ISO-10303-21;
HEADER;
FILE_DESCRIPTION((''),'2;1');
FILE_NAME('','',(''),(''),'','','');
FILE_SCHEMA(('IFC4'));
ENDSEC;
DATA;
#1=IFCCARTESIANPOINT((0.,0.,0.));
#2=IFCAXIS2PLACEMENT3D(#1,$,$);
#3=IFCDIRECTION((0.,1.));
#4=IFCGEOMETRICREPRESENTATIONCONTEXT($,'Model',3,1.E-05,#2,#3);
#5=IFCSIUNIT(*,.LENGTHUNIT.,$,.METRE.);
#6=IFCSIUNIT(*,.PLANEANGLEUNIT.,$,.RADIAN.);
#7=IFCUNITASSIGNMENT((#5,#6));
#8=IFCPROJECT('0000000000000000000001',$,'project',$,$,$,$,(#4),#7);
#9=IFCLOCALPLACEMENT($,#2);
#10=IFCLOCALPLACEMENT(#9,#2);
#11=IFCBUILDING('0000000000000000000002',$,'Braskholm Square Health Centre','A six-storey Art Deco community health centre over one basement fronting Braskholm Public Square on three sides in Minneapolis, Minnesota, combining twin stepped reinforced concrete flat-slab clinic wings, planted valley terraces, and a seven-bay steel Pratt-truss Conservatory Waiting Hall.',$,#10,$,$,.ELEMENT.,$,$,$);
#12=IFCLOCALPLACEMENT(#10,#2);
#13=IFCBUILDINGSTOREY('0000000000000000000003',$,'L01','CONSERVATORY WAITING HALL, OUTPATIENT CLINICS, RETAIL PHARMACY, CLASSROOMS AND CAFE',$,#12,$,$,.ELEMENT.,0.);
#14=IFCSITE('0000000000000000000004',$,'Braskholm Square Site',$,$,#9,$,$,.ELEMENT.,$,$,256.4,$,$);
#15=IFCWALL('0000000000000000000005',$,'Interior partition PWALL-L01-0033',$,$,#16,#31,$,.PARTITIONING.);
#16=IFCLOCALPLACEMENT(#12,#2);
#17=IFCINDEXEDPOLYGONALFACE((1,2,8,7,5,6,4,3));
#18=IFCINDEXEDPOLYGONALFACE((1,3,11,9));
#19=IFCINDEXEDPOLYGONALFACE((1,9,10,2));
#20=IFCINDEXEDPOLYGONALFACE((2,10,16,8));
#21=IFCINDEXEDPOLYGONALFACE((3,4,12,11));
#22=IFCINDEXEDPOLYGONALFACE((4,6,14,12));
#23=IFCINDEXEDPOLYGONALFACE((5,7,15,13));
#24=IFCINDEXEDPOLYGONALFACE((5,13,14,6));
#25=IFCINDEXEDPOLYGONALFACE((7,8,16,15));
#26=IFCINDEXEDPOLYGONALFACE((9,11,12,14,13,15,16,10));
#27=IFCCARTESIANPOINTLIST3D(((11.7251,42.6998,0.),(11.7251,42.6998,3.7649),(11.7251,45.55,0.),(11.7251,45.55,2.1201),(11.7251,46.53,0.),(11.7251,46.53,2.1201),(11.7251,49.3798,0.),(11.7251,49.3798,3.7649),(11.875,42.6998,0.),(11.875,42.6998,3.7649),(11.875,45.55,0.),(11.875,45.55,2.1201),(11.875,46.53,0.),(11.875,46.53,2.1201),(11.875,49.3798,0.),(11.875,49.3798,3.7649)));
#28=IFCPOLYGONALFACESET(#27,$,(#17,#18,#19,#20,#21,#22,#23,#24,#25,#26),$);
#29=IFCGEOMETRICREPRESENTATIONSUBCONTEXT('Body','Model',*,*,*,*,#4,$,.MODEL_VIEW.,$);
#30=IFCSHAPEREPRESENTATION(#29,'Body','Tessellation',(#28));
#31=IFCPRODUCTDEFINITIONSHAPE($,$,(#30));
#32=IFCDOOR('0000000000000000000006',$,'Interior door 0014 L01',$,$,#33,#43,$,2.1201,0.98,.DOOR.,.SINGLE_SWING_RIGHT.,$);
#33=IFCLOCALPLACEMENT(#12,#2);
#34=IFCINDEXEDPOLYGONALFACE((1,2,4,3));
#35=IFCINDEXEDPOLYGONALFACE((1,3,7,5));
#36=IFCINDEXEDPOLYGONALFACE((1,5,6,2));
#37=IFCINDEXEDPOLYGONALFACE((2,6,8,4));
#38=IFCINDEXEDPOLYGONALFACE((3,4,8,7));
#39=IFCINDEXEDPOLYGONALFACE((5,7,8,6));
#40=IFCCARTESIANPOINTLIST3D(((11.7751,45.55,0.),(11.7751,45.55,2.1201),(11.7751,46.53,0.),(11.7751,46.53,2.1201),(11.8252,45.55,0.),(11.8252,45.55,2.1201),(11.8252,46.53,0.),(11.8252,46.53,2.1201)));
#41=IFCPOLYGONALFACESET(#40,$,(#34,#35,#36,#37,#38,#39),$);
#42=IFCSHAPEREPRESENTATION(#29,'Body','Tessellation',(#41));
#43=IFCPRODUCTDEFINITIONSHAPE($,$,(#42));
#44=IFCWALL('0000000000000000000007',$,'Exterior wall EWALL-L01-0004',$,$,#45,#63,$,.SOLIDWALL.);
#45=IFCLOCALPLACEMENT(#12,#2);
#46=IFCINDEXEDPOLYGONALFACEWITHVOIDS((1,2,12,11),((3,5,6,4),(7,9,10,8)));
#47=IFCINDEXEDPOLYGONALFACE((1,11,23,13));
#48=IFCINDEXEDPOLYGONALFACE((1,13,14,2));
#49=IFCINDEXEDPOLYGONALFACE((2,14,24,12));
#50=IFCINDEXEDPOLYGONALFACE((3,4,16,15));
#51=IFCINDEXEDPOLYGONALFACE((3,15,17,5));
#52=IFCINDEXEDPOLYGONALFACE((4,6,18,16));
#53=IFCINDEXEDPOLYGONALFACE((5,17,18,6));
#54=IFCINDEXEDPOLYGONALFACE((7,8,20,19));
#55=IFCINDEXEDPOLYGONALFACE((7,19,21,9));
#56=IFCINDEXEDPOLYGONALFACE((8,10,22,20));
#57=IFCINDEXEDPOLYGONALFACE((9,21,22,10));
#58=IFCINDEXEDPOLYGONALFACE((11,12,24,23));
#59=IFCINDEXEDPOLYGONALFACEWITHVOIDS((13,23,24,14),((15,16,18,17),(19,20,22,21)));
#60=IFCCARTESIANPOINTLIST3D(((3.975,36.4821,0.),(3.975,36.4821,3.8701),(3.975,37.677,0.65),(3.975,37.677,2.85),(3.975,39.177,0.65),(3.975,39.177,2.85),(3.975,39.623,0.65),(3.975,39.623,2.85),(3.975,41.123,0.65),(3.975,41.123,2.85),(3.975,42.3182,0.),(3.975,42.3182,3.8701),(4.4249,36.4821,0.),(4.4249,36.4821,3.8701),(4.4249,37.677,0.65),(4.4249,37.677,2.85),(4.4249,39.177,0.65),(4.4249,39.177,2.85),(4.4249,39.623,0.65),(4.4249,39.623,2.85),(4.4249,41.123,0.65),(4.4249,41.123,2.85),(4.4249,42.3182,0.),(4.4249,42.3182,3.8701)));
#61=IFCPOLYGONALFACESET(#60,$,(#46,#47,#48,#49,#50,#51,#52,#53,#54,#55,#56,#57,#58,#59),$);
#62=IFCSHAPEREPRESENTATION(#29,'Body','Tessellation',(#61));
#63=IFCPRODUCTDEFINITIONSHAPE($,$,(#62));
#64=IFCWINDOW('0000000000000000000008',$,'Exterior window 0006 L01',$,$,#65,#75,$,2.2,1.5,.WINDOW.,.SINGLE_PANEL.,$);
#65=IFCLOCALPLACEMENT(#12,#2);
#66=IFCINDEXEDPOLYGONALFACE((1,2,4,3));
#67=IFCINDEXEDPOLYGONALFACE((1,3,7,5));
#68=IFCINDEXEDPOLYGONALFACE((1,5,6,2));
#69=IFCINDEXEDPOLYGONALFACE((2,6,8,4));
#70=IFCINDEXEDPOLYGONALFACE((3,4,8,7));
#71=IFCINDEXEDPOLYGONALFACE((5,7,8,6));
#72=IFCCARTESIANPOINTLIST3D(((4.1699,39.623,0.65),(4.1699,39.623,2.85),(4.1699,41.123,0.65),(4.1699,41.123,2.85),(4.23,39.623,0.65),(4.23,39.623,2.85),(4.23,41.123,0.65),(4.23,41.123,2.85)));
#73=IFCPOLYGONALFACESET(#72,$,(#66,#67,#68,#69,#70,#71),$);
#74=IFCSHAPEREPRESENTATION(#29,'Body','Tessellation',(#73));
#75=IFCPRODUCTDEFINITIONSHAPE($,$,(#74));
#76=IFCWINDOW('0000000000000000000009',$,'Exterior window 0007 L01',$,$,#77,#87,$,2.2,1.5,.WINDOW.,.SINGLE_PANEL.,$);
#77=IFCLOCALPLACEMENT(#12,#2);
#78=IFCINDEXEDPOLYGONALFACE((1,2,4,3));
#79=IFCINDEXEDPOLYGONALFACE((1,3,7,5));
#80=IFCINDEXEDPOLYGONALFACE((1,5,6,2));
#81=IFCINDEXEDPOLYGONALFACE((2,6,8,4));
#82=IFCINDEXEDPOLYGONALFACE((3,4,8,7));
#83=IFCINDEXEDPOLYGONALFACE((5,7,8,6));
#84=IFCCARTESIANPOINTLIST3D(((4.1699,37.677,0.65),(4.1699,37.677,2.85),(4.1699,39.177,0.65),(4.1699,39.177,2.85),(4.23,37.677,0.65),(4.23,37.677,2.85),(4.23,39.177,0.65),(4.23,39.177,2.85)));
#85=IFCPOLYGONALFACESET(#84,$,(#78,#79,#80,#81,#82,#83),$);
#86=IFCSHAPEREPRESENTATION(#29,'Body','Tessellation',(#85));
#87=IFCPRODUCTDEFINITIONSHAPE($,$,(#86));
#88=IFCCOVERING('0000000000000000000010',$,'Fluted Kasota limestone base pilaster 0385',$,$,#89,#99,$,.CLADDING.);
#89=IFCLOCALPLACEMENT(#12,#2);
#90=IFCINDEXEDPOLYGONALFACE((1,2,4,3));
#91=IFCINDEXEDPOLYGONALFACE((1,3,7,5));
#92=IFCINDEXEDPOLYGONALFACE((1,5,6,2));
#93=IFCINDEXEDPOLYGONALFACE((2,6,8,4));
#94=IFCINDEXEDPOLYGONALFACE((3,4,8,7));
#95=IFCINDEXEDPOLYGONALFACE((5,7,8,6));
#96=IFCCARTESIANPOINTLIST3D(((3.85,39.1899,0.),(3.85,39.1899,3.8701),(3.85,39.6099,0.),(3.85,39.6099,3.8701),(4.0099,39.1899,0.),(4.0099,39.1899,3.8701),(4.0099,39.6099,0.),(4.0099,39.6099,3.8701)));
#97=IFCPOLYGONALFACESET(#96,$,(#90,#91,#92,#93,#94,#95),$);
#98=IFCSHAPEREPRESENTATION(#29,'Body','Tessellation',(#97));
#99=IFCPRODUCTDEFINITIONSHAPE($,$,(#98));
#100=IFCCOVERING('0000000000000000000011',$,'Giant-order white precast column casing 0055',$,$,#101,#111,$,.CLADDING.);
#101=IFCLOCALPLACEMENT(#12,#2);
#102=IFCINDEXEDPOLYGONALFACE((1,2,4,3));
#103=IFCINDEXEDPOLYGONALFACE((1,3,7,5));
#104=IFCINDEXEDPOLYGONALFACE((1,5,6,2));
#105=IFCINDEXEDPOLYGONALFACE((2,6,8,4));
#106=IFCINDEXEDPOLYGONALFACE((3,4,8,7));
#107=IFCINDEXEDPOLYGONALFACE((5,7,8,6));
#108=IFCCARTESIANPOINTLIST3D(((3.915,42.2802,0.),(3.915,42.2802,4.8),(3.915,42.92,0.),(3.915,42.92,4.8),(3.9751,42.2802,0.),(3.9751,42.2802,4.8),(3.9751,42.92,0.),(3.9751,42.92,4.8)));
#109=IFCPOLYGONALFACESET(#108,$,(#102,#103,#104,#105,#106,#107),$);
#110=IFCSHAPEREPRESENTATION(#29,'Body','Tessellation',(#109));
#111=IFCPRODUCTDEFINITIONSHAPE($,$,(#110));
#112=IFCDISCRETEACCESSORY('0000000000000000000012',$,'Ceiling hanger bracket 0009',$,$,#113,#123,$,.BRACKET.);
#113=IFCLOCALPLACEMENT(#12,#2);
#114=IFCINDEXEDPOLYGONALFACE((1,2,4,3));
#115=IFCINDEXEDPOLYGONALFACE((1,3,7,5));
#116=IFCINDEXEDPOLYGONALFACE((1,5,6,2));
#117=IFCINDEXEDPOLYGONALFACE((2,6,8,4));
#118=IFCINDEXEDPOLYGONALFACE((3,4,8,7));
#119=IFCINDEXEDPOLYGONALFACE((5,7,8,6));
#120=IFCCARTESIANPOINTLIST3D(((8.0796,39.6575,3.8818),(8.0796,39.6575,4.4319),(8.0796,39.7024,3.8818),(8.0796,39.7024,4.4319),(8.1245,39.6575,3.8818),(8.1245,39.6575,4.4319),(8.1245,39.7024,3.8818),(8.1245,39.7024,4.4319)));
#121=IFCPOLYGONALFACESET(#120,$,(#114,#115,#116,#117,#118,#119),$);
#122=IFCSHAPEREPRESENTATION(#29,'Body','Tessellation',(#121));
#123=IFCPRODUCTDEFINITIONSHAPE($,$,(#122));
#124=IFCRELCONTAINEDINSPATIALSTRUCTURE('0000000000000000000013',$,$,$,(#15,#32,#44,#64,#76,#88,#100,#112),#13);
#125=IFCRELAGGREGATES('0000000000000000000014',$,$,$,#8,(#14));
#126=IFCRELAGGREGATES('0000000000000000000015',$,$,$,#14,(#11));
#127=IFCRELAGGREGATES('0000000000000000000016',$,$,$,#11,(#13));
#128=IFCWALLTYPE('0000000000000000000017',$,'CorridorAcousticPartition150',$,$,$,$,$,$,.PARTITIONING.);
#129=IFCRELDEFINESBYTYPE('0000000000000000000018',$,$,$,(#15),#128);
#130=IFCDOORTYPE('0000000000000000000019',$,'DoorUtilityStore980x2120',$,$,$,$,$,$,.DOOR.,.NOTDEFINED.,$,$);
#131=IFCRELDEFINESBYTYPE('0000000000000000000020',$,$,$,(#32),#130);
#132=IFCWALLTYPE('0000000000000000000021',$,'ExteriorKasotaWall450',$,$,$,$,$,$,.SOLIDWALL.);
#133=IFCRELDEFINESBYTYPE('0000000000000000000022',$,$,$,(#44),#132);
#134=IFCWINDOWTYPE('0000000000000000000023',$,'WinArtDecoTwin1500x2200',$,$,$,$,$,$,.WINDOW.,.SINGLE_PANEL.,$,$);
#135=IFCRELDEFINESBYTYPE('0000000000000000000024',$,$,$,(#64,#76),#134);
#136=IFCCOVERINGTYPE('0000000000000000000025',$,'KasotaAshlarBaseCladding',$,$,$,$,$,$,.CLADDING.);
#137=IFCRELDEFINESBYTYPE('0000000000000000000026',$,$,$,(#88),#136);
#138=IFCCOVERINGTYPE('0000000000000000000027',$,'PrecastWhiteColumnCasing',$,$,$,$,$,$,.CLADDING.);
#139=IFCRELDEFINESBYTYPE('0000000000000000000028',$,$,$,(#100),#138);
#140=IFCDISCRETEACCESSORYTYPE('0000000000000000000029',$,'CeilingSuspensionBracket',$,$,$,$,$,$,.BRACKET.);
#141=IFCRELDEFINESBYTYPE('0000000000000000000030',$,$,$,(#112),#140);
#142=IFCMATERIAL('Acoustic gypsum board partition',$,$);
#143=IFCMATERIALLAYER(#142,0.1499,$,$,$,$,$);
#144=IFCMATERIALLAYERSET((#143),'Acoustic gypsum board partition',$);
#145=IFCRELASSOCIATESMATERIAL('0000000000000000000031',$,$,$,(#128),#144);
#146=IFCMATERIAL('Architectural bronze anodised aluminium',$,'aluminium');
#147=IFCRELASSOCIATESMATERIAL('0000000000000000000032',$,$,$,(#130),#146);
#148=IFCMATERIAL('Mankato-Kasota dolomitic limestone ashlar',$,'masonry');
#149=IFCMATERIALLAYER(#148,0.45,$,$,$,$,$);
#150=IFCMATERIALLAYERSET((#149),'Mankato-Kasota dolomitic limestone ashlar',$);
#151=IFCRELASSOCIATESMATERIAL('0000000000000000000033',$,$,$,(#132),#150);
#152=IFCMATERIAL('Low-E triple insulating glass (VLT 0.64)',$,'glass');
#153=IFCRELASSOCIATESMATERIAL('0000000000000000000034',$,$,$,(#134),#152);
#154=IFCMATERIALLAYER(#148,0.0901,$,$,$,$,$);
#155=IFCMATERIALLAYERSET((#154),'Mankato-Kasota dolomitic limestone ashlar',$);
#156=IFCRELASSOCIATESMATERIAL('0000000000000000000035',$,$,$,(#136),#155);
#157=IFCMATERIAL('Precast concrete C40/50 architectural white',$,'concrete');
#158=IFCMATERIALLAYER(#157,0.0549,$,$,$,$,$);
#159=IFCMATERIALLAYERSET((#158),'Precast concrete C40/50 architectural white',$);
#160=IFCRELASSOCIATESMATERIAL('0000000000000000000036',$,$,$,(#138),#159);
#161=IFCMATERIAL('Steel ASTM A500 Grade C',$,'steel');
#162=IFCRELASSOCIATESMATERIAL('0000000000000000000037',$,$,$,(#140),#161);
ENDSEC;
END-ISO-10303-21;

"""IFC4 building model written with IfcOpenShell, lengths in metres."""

from ifc_helpers import new_model, si_unit, direction, frame, frame_2d, origin, origin_with_axes, origin_2d, place, context, subcontext, project, spatial, rectangle, extrude, material, layer, layer_set, type_object, element, fill, save


model = new_model("IFC4")

# Units and contexts
model_context = context("Model", 3, precision=1e-05, world=origin(), true_north=direction((0.0, 1.0)))
body_context = subcontext(model_context, "Body", "Model", "MODEL_VIEW")
ifc_project = project(units=[si_unit("LENGTHUNIT", "METRE"), si_unit("PLANEANGLEUNIT", "RADIAN")], contexts=[model_context])

# Site, building, storey
site_placement = place(None, origin())
site = spatial("IfcSite", under=ifc_project, at=site_placement, Name="Braskholm Square Site", CompositionType="ELEMENT", RefElevation=256.4)
building_placement = place(site_placement, origin())
building = spatial("IfcBuilding", under=site, at=building_placement, Name="Braskholm Square Health Centre", Description="A six-storey Art Deco community health centre over one basement fronting Braskholm Public Square on three sides in Minneapolis, Minnesota, combining twin stepped reinforced concrete flat-slab clinic wings, planted valley terraces, and a seven-bay steel Pratt-truss Conservatory Waiting Hall.", CompositionType="ELEMENT")
storey_placement = place(building_placement, origin())
storey = spatial("IfcBuildingStorey", under=building, at=storey_placement, Name="L01", Description="CONSERVATORY WAITING HALL, OUTPATIENT CLINICS, RETAIL PHARMACY, CLASSROOMS AND CAFE", CompositionType="ELEMENT", Elevation=0.0)

# Shared definitions
ifc_material_1 = material(Name="Precast concrete C40/50 architectural white", Category="concrete")
ifc_material_2 = material(Name="Steel ASTM A500 Grade C", Category="steel")

# Shared definitions
ifc_material_3 = material(Name="Low-E triple insulating glass (VLT 0.64)", Category="glass")
ifc_material_4 = material(Name="Architectural bronze anodised aluminium", Category="aluminium")

# Shared definitions
ifc_material_5 = material(Name="Acoustic gypsum board partition")

# Wall, opening, door
ifc_layer_1 = layer(ifc_material_5, 0.1499)
ifc_layer_set_1 = layer_set([ifc_layer_1], Name="Acoustic gypsum board partition")
wall_type_1 = type_object("IfcWallType", Name="CorridorAcousticPartition150", PredefinedType="PARTITIONING", material=ifc_layer_set_1)
wall_1_placement = place(storey_placement, frame((11.8, 42.7, 0.0), z_axis=(0.0, 0.0, 1.0), x_axis=(0.0, 1.0, 0.0)))
wall_1 = element("IfcWall", 1, at=wall_1_placement, inside=storey, type_object=wall_type_1, Name="Interior partition PWALL-L01-0033", PredefinedType="PARTITIONING", context=body_context, shape_type="SweptSolid", body=[
    extrude(rectangle(XDim=6.6799, YDim=0.1499, at=frame_2d((3.3398, 0.0))), origin(), (0.0, 0.0, 1.0), 3.7649),
])
opening_1_placement = place(wall_1_placement, frame((2.8501, 0.0, 0.0)))
opening_1 = element("IfcOpeningElement", 2, at=opening_1_placement, cuts=wall_1, PredefinedType="OPENING", context=body_context, shape_type="SweptSolid", body=[
    extrude(rectangle(XDim=0.98, YDim=2.1201, at=frame_2d((0.49, 1.0601))), frame((0.0, 0.085, 0.0), z_axis=(0.0, -1.0, 0.0), x_axis=(1.0, 0.0, 0.0)), (0.0, 0.0, 1.0), 0.1699),
])
door_type_1 = type_object("IfcDoorType", Name="DoorUtilityStore980x2120", OperationType="NOTDEFINED", PredefinedType="DOOR", material=ifc_material_4)
door_1_placement = place(opening_1_placement, origin_with_axes())
door_1 = element("IfcDoor", 3, at=door_1_placement, inside=storey, type_object=door_type_1, Name="Interior door 0014 L01", OperationType="SINGLE_SWING_RIGHT", OverallHeight=2.1201, OverallWidth=0.98, PredefinedType="DOOR", context=body_context, shape_type="SweptSolid", body=[
    extrude(rectangle(XDim=0.98, YDim=2.1201, at=frame_2d((0.49, 1.0601))), frame((0.0, 0.0249, 0.0), z_axis=(0.0, -1.0, 0.0), x_axis=(1.0, 0.0, 0.0)), (0.0, 0.0, 1.0), 0.05),
])
fill(opening_1, door_1)

# Wall, openings, windows
ifc_material_6 = material(Name="Mankato-Kasota dolomitic limestone ashlar", Category="masonry")
ifc_layer_2 = layer(ifc_material_6, 0.45)
ifc_layer_set_2 = layer_set([ifc_layer_2], Name="Mankato-Kasota dolomitic limestone ashlar")
wall_type_2 = type_object("IfcWallType", Name="ExteriorKasotaWall450", PredefinedType="SOLIDWALL", material=ifc_layer_set_2)
wall_2_placement = place(storey_placement, frame((4.2, 42.3181, 0.0), z_axis=(0.0, 0.0, 1.0), x_axis=(0.0, -1.0, 0.0)))
wall_2 = element("IfcWall", 4, at=wall_2_placement, inside=storey, type_object=wall_type_2, Name="Exterior wall EWALL-L01-0004", PredefinedType="SOLIDWALL", context=body_context, shape_type="SweptSolid", body=[
    extrude(rectangle(XDim=5.8362, YDim=0.45, at=frame_2d((2.918, 0.0))), origin(), (0.0, 0.0, 1.0), 3.8701),
])
opening_2_placement = place(wall_2_placement, frame((1.1951, 0.0, 0.6499)))
opening_2 = element("IfcOpeningElement", 5, at=opening_2_placement, cuts=wall_2, PredefinedType="OPENING", context=body_context, shape_type="SweptSolid", body=[
    extrude(rectangle(XDim=1.5, YDim=2.2, at=frame_2d((0.75, 1.1001))), frame((0.0, 0.2349, 0.0), z_axis=(0.0, -1.0, 0.0), x_axis=(1.0, 0.0, 0.0)), (0.0, 0.0, 1.0), 0.47),
])
opening_3_placement = place(wall_2_placement, frame((3.1411, 0.0, 0.6499)))
opening_3 = element("IfcOpeningElement", 6, at=opening_3_placement, cuts=wall_2, PredefinedType="OPENING", context=body_context, shape_type="SweptSolid", body=[
    extrude(rectangle(XDim=1.5, YDim=2.2, at=frame_2d((0.75, 1.1001))), frame((0.0, 0.2349, 0.0), z_axis=(0.0, -1.0, 0.0), x_axis=(1.0, 0.0, 0.0)), (0.0, 0.0, 1.0), 0.47),
])
window_type = type_object("IfcWindowType", Name="WinArtDecoTwin1500x2200", PartitioningType="SINGLE_PANEL", PredefinedType="WINDOW", material=ifc_material_3)
window_1_placement = place(opening_2_placement, origin_with_axes())
window_1 = element("IfcWindow", 7, at=window_1_placement, inside=storey, type_object=window_type, Name="Exterior window 0006 L01", OverallHeight=2.2, OverallWidth=1.5, PartitioningType="SINGLE_PANEL", PredefinedType="WINDOW", context=body_context, shape_type="SweptSolid", body=[
    extrude(rectangle(XDim=1.5, YDim=2.2, at=frame_2d((0.75, 1.1001))), frame((0.0, 0.03, 0.0), z_axis=(0.0, -1.0, 0.0), x_axis=(1.0, 0.0, 0.0)), (0.0, 0.0, 1.0), 0.0601),
])
fill(opening_2, window_1)
window_2_placement = place(opening_3_placement, origin_with_axes())
window_2 = element("IfcWindow", 8, at=window_2_placement, inside=storey, type_object=window_type, Name="Exterior window 0007 L01", OverallHeight=2.2, OverallWidth=1.5, PartitioningType="SINGLE_PANEL", PredefinedType="WINDOW", context=body_context, shape_type="SweptSolid", body=[
    extrude(rectangle(XDim=1.5, YDim=2.2, at=frame_2d((0.75, 1.1001))), frame((0.0, 0.03, 0.0), z_axis=(0.0, -1.0, 0.0), x_axis=(1.0, 0.0, 0.0)), (0.0, 0.0, 1.0), 0.0601),
])
fill(opening_3, window_2)

# Coverings
ifc_layer_3 = layer(ifc_material_6, 0.0901)
ifc_layer_set_3 = layer_set([ifc_layer_3], Name="Mankato-Kasota dolomitic limestone ashlar")
covering_type_1 = type_object("IfcCoveringType", Name="KasotaAshlarBaseCladding", PredefinedType="CLADDING", material=ifc_layer_set_3)
covering_1_placement = place(storey_placement, frame((3.9299, 39.3999, 0.0), z_axis=(0.0, 0.0, 1.0), x_axis=(1.0, 0.0, 0.0)))
element("IfcCovering", 9, at=covering_1_placement, inside=storey, type_object=covering_type_1, Name="Fluted Kasota limestone base pilaster 0385", PredefinedType="CLADDING", context=body_context, shape_type="SweptSolid", body=[
    extrude(rectangle(XDim=0.1599, YDim=0.4199, at=origin_2d()), origin(), (0.0, 0.0, 1.0), 3.8701),
])
ifc_layer_4 = layer(ifc_material_1, 0.0549)
ifc_layer_set_4 = layer_set([ifc_layer_4], Name="Precast concrete C40/50 architectural white")
covering_type_2 = type_object("IfcCoveringType", Name="PrecastWhiteColumnCasing", PredefinedType="CLADDING", material=ifc_layer_set_4)
covering_2_placement = place(storey_placement, frame((3.9451, 42.6001, 0.0), z_axis=(0.0, 0.0, 1.0), x_axis=(1.0, 0.0, 0.0)))
element("IfcCovering", 10, at=covering_2_placement, inside=storey, type_object=covering_type_2, Name="Giant-order white precast column casing 0055", PredefinedType="CLADDING", context=body_context, shape_type="SweptSolid", body=[
    extrude(rectangle(XDim=0.0601, YDim=0.6399, at=origin_2d()), origin(), (0.0, 0.0, 1.0), 4.8),
])

# Discrete accessory
discrete_accessory_type = type_object("IfcDiscreteAccessoryType", Name="CeilingSuspensionBracket", PredefinedType="BRACKET", material=ifc_material_2)
discrete_accessory_placement = place(storey_placement, frame((8.1021, 39.6799, 3.8818), z_axis=(0.0, 0.0, 1.0), x_axis=(1.0, 0.0, 0.0)))
element("IfcDiscreteAccessory", 11, at=discrete_accessory_placement, inside=storey, type_object=discrete_accessory_type, Name="Ceiling hanger bracket 0009", PredefinedType="BRACKET", context=body_context, shape_type="SweptSolid", body=[
    extrude(rectangle(XDim=0.0449, YDim=0.0449, at=origin_2d()), origin(), (0.0, 0.0, 1.0), 0.55),
])

save(model, "model.ifc")
